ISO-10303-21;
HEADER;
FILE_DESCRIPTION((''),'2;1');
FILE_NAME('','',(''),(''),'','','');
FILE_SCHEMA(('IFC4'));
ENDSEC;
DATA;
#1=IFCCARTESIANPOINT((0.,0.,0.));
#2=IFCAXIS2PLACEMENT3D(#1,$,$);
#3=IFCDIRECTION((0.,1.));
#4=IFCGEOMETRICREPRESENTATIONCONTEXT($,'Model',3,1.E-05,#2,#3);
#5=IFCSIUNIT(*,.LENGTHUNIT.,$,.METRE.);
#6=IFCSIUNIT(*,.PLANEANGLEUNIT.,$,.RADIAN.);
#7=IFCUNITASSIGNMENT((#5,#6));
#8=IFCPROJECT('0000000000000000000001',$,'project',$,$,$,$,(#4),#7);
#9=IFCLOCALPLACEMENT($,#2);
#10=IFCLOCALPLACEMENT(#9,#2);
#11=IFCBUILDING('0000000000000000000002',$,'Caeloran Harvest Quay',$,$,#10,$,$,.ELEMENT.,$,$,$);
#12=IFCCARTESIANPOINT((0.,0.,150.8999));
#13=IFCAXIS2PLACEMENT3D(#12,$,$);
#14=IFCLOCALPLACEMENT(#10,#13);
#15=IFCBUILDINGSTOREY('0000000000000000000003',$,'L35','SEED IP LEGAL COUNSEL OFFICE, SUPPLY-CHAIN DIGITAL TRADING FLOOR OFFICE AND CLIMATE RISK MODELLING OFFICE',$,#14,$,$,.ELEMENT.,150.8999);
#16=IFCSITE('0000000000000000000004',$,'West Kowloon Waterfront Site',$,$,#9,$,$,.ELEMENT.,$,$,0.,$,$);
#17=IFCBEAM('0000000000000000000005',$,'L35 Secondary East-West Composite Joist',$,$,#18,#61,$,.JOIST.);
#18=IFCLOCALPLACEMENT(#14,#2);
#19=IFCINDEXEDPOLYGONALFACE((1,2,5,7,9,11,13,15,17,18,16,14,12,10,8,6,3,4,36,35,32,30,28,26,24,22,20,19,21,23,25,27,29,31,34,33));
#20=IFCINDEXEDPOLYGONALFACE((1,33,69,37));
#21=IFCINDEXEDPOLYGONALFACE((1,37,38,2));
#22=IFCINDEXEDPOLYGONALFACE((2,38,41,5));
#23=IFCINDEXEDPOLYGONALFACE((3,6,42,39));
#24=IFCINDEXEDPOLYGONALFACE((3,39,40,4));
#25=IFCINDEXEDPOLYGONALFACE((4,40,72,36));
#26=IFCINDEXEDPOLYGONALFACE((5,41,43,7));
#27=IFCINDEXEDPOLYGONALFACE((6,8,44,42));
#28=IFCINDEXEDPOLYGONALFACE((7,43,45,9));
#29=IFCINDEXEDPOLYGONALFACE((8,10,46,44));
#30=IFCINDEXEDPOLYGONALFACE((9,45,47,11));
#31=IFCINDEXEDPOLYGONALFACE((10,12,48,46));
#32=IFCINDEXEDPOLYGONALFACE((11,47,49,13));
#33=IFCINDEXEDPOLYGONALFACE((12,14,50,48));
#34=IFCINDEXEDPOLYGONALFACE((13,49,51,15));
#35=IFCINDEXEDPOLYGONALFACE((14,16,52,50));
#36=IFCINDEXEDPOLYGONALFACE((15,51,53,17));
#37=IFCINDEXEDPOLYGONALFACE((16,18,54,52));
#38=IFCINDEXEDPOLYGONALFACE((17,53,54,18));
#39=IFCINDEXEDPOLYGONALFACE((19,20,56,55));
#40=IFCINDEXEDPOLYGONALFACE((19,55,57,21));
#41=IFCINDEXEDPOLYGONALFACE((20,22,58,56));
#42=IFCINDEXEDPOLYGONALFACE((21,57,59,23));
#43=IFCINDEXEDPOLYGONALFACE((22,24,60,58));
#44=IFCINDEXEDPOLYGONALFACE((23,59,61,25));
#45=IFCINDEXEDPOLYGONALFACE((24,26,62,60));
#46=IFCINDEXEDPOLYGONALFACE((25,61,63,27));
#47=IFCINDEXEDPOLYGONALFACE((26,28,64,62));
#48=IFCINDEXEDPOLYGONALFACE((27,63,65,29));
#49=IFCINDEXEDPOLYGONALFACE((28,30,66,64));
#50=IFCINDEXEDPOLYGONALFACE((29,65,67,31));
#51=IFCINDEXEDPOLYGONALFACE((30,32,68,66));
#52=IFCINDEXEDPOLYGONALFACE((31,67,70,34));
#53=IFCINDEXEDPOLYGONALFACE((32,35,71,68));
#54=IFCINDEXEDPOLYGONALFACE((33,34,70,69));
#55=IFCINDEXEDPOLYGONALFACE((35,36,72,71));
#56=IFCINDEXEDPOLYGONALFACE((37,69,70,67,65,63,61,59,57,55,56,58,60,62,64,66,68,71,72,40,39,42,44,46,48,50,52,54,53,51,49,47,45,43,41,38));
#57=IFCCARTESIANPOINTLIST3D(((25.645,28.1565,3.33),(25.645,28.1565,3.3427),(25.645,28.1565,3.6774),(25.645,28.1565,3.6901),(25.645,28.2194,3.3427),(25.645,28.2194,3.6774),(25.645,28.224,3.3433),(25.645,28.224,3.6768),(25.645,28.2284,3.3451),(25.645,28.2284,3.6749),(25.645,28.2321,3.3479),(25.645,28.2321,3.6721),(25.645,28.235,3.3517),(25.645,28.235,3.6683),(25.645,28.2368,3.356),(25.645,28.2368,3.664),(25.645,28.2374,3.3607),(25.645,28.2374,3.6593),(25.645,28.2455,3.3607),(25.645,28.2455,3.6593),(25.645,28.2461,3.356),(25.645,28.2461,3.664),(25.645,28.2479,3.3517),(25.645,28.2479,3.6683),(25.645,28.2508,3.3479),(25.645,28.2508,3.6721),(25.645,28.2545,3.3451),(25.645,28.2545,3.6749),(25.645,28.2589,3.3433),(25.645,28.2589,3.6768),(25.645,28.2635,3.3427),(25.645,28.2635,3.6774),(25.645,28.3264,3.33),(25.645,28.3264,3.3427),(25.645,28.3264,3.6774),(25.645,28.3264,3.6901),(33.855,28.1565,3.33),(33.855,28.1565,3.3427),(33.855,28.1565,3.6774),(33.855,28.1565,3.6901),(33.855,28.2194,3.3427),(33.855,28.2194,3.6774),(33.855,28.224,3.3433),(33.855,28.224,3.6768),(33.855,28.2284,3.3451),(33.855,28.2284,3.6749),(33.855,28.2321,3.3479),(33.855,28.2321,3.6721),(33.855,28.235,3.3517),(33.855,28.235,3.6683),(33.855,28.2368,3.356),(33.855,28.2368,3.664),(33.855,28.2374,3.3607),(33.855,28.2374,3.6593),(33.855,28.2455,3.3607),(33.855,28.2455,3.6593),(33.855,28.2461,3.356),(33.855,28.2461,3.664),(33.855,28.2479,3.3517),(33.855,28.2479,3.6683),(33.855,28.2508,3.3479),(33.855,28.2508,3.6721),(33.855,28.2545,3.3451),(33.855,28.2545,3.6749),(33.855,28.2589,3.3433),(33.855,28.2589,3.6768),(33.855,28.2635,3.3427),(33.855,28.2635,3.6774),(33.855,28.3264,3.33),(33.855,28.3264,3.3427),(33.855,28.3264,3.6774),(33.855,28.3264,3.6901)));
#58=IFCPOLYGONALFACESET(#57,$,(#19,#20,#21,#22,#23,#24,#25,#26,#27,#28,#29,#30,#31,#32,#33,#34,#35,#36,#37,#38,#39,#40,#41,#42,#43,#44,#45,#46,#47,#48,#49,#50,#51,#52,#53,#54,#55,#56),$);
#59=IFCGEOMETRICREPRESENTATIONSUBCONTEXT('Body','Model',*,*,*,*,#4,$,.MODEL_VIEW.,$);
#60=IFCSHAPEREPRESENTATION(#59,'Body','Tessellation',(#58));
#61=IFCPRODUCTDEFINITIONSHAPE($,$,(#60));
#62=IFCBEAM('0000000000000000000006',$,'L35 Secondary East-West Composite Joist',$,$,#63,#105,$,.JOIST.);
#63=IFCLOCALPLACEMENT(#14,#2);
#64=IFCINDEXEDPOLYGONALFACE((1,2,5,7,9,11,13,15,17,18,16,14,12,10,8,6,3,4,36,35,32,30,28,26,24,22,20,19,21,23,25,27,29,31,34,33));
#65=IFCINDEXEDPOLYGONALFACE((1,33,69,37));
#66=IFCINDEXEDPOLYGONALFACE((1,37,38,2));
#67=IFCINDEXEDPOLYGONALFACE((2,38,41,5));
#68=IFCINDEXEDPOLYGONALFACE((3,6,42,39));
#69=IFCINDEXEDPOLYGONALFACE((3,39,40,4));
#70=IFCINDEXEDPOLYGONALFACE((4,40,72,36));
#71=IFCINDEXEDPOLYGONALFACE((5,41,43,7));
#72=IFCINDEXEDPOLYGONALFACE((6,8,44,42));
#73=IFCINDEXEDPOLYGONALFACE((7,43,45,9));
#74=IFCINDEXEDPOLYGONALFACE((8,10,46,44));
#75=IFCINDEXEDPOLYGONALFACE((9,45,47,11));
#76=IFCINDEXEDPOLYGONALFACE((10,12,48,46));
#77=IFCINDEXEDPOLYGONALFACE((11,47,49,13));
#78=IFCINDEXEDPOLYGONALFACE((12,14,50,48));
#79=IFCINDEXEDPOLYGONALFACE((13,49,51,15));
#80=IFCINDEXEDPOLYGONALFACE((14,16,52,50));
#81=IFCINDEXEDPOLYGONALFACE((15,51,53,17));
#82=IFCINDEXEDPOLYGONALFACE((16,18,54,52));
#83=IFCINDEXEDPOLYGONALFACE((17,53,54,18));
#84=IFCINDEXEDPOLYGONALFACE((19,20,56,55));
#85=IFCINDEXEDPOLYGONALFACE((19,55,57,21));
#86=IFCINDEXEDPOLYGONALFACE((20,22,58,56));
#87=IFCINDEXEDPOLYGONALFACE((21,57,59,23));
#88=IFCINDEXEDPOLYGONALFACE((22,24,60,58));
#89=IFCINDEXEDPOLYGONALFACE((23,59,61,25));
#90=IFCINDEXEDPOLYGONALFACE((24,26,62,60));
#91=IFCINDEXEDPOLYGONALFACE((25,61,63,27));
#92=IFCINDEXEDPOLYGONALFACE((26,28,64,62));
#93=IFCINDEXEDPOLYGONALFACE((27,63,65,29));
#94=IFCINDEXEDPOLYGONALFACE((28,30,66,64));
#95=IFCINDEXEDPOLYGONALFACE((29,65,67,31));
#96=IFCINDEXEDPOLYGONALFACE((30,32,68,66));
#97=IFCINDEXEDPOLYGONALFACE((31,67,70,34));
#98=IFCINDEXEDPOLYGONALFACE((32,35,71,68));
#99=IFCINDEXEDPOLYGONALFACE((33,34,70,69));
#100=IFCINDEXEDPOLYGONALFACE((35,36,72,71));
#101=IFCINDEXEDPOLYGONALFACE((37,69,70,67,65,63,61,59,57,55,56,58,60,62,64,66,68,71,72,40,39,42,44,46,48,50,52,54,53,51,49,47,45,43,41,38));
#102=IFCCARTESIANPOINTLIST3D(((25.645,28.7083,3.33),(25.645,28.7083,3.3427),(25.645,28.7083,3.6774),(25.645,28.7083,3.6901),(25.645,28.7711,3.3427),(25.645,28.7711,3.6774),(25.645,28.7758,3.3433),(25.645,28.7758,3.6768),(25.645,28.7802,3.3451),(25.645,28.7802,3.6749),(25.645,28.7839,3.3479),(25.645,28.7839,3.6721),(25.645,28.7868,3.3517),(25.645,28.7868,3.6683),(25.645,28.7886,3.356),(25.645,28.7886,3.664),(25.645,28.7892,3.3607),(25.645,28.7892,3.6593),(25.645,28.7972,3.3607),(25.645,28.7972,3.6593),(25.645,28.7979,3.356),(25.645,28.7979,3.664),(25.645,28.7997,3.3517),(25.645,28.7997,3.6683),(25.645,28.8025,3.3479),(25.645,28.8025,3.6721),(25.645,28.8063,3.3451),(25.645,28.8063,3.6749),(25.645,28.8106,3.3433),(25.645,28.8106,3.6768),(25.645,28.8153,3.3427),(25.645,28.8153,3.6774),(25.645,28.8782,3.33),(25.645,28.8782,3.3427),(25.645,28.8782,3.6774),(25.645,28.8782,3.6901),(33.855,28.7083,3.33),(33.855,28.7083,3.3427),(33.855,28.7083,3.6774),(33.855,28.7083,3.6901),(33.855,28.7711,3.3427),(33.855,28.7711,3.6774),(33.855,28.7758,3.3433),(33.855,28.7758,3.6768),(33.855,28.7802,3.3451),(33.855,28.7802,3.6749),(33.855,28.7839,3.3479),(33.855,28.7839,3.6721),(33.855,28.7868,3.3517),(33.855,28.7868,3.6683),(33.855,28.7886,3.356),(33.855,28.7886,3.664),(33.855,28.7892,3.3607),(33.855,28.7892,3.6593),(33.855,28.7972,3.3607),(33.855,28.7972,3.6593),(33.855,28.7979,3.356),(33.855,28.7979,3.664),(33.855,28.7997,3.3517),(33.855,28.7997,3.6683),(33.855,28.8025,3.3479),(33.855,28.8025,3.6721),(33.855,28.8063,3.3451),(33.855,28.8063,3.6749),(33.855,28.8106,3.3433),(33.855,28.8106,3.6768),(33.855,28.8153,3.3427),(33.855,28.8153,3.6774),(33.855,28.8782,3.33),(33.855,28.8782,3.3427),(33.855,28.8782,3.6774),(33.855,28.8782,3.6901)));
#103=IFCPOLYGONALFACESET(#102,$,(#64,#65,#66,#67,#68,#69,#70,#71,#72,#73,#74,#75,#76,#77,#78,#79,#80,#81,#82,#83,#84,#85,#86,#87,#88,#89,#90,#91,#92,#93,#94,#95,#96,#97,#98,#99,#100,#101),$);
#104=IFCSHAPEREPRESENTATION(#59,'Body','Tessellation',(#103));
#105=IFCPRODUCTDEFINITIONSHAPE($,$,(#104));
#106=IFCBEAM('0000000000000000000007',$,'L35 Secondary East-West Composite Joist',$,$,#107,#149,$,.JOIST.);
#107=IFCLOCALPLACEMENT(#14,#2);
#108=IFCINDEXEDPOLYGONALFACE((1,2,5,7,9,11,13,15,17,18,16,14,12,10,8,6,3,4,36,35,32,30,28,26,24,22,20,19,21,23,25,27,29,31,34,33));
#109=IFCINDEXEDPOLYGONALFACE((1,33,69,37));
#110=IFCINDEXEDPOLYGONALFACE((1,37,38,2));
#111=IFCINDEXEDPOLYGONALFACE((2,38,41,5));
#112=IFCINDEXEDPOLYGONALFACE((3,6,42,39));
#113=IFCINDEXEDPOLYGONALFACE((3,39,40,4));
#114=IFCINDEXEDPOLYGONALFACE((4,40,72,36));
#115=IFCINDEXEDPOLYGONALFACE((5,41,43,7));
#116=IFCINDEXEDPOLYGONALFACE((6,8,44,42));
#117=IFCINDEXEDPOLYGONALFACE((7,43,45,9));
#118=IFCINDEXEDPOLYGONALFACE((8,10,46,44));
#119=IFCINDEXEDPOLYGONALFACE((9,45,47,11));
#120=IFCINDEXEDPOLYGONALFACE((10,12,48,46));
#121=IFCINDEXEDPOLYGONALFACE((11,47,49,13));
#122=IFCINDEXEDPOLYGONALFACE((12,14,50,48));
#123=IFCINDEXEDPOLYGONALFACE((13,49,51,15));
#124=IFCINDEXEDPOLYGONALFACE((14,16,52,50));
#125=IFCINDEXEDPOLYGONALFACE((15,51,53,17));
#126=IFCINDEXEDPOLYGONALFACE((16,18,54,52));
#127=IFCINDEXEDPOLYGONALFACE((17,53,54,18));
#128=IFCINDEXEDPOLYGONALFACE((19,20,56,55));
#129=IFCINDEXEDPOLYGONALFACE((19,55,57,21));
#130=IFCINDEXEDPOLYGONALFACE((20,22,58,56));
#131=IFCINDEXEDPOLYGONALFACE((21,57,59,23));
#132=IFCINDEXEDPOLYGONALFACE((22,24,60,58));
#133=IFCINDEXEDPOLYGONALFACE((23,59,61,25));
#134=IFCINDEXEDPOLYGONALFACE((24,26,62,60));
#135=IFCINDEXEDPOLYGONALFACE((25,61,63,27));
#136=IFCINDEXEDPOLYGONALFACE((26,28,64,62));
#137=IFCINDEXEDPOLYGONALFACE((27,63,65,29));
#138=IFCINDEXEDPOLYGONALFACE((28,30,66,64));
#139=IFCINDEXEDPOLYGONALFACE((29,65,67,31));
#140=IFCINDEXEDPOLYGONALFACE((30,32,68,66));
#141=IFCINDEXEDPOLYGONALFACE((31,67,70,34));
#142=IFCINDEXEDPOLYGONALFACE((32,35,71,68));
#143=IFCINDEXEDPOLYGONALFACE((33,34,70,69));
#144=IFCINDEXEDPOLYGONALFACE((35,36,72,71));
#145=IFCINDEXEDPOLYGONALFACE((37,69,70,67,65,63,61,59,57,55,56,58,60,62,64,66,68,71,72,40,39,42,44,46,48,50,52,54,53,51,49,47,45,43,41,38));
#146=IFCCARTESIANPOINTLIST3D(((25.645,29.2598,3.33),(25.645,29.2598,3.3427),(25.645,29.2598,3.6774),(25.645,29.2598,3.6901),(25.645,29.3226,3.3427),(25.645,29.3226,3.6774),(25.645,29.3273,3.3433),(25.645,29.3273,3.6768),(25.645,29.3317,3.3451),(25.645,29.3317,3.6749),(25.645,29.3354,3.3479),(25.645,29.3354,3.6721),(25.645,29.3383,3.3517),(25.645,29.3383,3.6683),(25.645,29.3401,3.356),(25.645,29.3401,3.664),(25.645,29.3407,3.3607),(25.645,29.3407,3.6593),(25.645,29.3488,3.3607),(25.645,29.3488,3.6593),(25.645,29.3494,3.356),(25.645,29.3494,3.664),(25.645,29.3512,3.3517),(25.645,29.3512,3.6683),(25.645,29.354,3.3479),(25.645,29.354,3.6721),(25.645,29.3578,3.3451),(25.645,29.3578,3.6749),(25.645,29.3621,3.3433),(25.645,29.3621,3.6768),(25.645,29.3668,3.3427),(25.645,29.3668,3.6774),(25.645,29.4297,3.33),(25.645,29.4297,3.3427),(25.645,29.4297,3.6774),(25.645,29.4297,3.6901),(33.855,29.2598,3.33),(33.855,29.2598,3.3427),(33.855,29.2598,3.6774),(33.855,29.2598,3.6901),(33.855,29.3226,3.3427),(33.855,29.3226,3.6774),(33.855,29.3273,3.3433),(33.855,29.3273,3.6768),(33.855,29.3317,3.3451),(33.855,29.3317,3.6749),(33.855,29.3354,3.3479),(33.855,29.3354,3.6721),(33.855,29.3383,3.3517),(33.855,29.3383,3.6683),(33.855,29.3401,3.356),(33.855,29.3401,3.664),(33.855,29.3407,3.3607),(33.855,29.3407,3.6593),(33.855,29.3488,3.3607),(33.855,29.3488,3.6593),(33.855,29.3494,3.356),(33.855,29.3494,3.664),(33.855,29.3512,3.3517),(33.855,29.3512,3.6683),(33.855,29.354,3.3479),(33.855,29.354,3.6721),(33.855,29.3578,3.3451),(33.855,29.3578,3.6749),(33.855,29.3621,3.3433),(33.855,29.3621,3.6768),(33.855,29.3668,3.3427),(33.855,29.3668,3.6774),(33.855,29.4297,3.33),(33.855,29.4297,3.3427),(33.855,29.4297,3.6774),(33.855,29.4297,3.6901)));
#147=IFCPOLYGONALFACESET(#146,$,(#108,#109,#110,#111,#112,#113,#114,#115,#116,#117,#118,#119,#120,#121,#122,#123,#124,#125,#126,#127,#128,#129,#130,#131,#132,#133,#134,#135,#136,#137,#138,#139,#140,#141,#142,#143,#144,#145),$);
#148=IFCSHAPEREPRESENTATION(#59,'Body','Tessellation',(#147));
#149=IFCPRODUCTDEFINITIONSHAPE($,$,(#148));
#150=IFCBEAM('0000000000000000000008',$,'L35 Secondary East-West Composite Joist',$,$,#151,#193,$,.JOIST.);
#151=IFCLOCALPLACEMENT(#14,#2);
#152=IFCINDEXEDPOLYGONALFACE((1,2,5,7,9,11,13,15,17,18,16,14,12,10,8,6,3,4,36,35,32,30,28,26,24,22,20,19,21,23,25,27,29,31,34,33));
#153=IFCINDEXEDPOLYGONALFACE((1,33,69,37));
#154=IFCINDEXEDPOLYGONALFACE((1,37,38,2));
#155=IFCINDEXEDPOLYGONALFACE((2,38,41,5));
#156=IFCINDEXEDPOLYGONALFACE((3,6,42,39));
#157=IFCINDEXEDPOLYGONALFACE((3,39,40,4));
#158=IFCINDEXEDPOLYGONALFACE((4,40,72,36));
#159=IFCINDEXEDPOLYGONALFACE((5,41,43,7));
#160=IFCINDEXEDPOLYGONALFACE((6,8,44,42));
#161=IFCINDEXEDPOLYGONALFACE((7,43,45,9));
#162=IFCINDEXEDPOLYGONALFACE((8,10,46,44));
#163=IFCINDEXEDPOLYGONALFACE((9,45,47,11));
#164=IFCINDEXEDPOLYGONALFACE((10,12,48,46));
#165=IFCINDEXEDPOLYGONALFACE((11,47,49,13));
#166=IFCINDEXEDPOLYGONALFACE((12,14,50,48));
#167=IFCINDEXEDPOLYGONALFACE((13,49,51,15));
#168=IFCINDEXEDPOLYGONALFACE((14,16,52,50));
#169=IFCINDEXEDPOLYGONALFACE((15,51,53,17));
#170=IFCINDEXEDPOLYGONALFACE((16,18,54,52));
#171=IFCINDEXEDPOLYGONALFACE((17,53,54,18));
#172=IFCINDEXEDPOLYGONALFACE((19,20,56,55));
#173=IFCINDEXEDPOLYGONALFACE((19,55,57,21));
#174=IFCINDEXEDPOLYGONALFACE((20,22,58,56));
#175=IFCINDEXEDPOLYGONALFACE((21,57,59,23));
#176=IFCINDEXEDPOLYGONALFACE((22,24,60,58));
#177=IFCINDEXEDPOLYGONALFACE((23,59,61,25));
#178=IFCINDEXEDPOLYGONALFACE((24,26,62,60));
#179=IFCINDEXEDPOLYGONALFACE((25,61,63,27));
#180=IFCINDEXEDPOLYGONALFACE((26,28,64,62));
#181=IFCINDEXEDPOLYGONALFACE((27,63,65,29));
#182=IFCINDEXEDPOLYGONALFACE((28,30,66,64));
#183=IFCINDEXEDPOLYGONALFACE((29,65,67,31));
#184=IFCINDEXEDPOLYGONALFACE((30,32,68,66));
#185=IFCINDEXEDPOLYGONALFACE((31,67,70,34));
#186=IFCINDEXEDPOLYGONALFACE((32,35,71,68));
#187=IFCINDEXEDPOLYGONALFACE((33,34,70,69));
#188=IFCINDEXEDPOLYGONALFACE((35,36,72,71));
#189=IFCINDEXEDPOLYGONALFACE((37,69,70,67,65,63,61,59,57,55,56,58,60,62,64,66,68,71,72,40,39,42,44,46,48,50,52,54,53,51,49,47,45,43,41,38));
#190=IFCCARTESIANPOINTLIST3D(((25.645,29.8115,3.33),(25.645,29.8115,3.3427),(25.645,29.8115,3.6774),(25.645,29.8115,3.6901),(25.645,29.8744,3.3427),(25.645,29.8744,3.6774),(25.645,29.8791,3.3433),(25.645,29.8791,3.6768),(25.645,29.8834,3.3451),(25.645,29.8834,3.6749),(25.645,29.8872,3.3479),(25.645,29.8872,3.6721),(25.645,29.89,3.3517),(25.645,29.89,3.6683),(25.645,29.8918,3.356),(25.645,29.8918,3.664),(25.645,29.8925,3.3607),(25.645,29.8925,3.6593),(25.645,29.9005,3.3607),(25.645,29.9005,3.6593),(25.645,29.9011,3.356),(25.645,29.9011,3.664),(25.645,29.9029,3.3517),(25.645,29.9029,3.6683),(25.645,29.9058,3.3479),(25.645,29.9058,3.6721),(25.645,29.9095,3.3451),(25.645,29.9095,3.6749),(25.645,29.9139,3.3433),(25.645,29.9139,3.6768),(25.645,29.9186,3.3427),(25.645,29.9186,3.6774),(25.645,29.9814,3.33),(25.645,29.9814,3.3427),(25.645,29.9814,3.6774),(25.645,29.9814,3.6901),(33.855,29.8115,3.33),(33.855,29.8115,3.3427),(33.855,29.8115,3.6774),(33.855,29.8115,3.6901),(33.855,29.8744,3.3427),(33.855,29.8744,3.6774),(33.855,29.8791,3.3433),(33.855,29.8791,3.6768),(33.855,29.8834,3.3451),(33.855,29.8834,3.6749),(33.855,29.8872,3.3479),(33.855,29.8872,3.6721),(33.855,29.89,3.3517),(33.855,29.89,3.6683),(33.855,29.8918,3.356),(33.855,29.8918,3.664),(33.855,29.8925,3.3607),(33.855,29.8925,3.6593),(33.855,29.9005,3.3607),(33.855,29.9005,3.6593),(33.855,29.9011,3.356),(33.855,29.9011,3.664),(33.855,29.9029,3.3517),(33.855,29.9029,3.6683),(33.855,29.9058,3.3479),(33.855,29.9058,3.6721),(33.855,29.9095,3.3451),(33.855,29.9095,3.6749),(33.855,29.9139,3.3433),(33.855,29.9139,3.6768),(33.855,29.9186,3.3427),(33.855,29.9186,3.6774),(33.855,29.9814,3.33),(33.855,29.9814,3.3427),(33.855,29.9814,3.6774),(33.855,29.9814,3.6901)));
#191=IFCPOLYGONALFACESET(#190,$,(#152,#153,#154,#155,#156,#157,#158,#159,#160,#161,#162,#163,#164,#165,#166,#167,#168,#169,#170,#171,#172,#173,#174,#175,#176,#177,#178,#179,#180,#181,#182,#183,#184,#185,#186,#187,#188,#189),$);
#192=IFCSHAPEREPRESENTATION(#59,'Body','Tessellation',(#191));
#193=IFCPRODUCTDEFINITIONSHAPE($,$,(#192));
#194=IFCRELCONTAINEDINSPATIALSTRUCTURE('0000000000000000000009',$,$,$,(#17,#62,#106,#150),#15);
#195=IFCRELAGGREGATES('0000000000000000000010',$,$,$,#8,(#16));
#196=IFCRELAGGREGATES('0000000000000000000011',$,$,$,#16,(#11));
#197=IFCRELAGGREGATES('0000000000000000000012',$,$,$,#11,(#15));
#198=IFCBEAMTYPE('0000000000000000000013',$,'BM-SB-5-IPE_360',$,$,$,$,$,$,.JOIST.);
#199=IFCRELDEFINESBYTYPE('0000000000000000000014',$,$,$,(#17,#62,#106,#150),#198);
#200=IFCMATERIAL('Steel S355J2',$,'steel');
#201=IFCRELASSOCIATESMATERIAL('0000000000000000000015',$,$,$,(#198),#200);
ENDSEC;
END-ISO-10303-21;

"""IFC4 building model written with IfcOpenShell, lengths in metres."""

from ifc_helpers import new_model, si_unit, direction, frame, origin, origin_2d, place, context, subcontext, project, spatial, i_section, extrude, material, material_profile, profile_set, type_object, element, save


model = new_model("IFC4")

# Units and contexts
model_context = context("Model", 3, precision=1e-05, world=origin(), true_north=direction((0.0, 1.0)))
body_context = subcontext(model_context, "Body", "Model", "MODEL_VIEW")
ifc_project = project(units=[si_unit("LENGTHUNIT", "METRE"), si_unit("PLANEANGLEUNIT", "RADIAN")], contexts=[model_context])

# Site, building, storey
site_placement = place(None, origin())
site = spatial("IfcSite", under=ifc_project, at=site_placement, Name="West Kowloon Waterfront Site", CompositionType="ELEMENT", RefElevation=0.0)
building_placement = place(site_placement, origin())
building = spatial("IfcBuilding", under=site, at=building_placement, Name="Caeloran Harvest Quay", CompositionType="ELEMENT")
storey_placement = place(building_placement, frame((0.0, 0.0, 150.8999)))
storey = spatial("IfcBuildingStorey", under=building, at=storey_placement, Name="L35", Description="SEED IP LEGAL COUNSEL OFFICE, SUPPLY-CHAIN DIGITAL TRADING FLOOR OFFICE AND CLIMATE RISK MODELLING OFFICE", CompositionType="ELEMENT", Elevation=150.8999)

# Beams
ifc_material_1 = material(Name="Steel S355J2", Category="steel")
ifc_material_profile_1 = material_profile(ifc_material_1, i_section(OverallWidth=0.1699, OverallDepth=0.3601, WebThickness=0.0081, FlangeThickness=0.0127, FilletRadius=0.0181, at=origin_2d()), Name="IPE 360")
ifc_profile_set_1 = profile_set([ifc_material_profile_1], Name="Steel S355J2")
beam_type_1 = type_object("IfcBeamType", Name="BM-SB-5-IPE_360", PredefinedType="JOIST", material=ifc_profile_set_1)
for number, where, z_axis, x_axis, name in (
    (1, (25.645, 28.2415, 3.51), (1.0, 0.0, 0.0), (0.0, 1.0, 0.0), "L35 Secondary East-West Composite Joist"),
    (2, (25.645, 28.7932, 3.51), (1.0, 0.0, 0.0), (0.0, 1.0, 0.0), "L35 Secondary East-West Composite Joist"),
    (3, (25.645, 29.3447, 3.51), (1.0, 0.0, 0.0), (0.0, 1.0, 0.0), "L35 Secondary East-West Composite Joist"),
    (4, (25.645, 29.8965, 3.51), (1.0, 0.0, 0.0), (0.0, 1.0, 0.0), "L35 Secondary East-West Composite Joist"),
):
    element("IfcBeam", number, at=place(storey_placement, frame(where, z_axis=z_axis, x_axis=x_axis)), inside=storey, type_object=beam_type_1, Name=name, PredefinedType="JOIST", context=body_context, shape_type="SweptSolid", body=[
        extrude(i_section(OverallWidth=0.1699, OverallDepth=0.3601, WebThickness=0.0081, FlangeThickness=0.0127, FilletRadius=0.0181, at=origin_2d()), origin(), (0.0, 0.0, 1.0), 8.21),
    ])

save(model, "model.ifc")
